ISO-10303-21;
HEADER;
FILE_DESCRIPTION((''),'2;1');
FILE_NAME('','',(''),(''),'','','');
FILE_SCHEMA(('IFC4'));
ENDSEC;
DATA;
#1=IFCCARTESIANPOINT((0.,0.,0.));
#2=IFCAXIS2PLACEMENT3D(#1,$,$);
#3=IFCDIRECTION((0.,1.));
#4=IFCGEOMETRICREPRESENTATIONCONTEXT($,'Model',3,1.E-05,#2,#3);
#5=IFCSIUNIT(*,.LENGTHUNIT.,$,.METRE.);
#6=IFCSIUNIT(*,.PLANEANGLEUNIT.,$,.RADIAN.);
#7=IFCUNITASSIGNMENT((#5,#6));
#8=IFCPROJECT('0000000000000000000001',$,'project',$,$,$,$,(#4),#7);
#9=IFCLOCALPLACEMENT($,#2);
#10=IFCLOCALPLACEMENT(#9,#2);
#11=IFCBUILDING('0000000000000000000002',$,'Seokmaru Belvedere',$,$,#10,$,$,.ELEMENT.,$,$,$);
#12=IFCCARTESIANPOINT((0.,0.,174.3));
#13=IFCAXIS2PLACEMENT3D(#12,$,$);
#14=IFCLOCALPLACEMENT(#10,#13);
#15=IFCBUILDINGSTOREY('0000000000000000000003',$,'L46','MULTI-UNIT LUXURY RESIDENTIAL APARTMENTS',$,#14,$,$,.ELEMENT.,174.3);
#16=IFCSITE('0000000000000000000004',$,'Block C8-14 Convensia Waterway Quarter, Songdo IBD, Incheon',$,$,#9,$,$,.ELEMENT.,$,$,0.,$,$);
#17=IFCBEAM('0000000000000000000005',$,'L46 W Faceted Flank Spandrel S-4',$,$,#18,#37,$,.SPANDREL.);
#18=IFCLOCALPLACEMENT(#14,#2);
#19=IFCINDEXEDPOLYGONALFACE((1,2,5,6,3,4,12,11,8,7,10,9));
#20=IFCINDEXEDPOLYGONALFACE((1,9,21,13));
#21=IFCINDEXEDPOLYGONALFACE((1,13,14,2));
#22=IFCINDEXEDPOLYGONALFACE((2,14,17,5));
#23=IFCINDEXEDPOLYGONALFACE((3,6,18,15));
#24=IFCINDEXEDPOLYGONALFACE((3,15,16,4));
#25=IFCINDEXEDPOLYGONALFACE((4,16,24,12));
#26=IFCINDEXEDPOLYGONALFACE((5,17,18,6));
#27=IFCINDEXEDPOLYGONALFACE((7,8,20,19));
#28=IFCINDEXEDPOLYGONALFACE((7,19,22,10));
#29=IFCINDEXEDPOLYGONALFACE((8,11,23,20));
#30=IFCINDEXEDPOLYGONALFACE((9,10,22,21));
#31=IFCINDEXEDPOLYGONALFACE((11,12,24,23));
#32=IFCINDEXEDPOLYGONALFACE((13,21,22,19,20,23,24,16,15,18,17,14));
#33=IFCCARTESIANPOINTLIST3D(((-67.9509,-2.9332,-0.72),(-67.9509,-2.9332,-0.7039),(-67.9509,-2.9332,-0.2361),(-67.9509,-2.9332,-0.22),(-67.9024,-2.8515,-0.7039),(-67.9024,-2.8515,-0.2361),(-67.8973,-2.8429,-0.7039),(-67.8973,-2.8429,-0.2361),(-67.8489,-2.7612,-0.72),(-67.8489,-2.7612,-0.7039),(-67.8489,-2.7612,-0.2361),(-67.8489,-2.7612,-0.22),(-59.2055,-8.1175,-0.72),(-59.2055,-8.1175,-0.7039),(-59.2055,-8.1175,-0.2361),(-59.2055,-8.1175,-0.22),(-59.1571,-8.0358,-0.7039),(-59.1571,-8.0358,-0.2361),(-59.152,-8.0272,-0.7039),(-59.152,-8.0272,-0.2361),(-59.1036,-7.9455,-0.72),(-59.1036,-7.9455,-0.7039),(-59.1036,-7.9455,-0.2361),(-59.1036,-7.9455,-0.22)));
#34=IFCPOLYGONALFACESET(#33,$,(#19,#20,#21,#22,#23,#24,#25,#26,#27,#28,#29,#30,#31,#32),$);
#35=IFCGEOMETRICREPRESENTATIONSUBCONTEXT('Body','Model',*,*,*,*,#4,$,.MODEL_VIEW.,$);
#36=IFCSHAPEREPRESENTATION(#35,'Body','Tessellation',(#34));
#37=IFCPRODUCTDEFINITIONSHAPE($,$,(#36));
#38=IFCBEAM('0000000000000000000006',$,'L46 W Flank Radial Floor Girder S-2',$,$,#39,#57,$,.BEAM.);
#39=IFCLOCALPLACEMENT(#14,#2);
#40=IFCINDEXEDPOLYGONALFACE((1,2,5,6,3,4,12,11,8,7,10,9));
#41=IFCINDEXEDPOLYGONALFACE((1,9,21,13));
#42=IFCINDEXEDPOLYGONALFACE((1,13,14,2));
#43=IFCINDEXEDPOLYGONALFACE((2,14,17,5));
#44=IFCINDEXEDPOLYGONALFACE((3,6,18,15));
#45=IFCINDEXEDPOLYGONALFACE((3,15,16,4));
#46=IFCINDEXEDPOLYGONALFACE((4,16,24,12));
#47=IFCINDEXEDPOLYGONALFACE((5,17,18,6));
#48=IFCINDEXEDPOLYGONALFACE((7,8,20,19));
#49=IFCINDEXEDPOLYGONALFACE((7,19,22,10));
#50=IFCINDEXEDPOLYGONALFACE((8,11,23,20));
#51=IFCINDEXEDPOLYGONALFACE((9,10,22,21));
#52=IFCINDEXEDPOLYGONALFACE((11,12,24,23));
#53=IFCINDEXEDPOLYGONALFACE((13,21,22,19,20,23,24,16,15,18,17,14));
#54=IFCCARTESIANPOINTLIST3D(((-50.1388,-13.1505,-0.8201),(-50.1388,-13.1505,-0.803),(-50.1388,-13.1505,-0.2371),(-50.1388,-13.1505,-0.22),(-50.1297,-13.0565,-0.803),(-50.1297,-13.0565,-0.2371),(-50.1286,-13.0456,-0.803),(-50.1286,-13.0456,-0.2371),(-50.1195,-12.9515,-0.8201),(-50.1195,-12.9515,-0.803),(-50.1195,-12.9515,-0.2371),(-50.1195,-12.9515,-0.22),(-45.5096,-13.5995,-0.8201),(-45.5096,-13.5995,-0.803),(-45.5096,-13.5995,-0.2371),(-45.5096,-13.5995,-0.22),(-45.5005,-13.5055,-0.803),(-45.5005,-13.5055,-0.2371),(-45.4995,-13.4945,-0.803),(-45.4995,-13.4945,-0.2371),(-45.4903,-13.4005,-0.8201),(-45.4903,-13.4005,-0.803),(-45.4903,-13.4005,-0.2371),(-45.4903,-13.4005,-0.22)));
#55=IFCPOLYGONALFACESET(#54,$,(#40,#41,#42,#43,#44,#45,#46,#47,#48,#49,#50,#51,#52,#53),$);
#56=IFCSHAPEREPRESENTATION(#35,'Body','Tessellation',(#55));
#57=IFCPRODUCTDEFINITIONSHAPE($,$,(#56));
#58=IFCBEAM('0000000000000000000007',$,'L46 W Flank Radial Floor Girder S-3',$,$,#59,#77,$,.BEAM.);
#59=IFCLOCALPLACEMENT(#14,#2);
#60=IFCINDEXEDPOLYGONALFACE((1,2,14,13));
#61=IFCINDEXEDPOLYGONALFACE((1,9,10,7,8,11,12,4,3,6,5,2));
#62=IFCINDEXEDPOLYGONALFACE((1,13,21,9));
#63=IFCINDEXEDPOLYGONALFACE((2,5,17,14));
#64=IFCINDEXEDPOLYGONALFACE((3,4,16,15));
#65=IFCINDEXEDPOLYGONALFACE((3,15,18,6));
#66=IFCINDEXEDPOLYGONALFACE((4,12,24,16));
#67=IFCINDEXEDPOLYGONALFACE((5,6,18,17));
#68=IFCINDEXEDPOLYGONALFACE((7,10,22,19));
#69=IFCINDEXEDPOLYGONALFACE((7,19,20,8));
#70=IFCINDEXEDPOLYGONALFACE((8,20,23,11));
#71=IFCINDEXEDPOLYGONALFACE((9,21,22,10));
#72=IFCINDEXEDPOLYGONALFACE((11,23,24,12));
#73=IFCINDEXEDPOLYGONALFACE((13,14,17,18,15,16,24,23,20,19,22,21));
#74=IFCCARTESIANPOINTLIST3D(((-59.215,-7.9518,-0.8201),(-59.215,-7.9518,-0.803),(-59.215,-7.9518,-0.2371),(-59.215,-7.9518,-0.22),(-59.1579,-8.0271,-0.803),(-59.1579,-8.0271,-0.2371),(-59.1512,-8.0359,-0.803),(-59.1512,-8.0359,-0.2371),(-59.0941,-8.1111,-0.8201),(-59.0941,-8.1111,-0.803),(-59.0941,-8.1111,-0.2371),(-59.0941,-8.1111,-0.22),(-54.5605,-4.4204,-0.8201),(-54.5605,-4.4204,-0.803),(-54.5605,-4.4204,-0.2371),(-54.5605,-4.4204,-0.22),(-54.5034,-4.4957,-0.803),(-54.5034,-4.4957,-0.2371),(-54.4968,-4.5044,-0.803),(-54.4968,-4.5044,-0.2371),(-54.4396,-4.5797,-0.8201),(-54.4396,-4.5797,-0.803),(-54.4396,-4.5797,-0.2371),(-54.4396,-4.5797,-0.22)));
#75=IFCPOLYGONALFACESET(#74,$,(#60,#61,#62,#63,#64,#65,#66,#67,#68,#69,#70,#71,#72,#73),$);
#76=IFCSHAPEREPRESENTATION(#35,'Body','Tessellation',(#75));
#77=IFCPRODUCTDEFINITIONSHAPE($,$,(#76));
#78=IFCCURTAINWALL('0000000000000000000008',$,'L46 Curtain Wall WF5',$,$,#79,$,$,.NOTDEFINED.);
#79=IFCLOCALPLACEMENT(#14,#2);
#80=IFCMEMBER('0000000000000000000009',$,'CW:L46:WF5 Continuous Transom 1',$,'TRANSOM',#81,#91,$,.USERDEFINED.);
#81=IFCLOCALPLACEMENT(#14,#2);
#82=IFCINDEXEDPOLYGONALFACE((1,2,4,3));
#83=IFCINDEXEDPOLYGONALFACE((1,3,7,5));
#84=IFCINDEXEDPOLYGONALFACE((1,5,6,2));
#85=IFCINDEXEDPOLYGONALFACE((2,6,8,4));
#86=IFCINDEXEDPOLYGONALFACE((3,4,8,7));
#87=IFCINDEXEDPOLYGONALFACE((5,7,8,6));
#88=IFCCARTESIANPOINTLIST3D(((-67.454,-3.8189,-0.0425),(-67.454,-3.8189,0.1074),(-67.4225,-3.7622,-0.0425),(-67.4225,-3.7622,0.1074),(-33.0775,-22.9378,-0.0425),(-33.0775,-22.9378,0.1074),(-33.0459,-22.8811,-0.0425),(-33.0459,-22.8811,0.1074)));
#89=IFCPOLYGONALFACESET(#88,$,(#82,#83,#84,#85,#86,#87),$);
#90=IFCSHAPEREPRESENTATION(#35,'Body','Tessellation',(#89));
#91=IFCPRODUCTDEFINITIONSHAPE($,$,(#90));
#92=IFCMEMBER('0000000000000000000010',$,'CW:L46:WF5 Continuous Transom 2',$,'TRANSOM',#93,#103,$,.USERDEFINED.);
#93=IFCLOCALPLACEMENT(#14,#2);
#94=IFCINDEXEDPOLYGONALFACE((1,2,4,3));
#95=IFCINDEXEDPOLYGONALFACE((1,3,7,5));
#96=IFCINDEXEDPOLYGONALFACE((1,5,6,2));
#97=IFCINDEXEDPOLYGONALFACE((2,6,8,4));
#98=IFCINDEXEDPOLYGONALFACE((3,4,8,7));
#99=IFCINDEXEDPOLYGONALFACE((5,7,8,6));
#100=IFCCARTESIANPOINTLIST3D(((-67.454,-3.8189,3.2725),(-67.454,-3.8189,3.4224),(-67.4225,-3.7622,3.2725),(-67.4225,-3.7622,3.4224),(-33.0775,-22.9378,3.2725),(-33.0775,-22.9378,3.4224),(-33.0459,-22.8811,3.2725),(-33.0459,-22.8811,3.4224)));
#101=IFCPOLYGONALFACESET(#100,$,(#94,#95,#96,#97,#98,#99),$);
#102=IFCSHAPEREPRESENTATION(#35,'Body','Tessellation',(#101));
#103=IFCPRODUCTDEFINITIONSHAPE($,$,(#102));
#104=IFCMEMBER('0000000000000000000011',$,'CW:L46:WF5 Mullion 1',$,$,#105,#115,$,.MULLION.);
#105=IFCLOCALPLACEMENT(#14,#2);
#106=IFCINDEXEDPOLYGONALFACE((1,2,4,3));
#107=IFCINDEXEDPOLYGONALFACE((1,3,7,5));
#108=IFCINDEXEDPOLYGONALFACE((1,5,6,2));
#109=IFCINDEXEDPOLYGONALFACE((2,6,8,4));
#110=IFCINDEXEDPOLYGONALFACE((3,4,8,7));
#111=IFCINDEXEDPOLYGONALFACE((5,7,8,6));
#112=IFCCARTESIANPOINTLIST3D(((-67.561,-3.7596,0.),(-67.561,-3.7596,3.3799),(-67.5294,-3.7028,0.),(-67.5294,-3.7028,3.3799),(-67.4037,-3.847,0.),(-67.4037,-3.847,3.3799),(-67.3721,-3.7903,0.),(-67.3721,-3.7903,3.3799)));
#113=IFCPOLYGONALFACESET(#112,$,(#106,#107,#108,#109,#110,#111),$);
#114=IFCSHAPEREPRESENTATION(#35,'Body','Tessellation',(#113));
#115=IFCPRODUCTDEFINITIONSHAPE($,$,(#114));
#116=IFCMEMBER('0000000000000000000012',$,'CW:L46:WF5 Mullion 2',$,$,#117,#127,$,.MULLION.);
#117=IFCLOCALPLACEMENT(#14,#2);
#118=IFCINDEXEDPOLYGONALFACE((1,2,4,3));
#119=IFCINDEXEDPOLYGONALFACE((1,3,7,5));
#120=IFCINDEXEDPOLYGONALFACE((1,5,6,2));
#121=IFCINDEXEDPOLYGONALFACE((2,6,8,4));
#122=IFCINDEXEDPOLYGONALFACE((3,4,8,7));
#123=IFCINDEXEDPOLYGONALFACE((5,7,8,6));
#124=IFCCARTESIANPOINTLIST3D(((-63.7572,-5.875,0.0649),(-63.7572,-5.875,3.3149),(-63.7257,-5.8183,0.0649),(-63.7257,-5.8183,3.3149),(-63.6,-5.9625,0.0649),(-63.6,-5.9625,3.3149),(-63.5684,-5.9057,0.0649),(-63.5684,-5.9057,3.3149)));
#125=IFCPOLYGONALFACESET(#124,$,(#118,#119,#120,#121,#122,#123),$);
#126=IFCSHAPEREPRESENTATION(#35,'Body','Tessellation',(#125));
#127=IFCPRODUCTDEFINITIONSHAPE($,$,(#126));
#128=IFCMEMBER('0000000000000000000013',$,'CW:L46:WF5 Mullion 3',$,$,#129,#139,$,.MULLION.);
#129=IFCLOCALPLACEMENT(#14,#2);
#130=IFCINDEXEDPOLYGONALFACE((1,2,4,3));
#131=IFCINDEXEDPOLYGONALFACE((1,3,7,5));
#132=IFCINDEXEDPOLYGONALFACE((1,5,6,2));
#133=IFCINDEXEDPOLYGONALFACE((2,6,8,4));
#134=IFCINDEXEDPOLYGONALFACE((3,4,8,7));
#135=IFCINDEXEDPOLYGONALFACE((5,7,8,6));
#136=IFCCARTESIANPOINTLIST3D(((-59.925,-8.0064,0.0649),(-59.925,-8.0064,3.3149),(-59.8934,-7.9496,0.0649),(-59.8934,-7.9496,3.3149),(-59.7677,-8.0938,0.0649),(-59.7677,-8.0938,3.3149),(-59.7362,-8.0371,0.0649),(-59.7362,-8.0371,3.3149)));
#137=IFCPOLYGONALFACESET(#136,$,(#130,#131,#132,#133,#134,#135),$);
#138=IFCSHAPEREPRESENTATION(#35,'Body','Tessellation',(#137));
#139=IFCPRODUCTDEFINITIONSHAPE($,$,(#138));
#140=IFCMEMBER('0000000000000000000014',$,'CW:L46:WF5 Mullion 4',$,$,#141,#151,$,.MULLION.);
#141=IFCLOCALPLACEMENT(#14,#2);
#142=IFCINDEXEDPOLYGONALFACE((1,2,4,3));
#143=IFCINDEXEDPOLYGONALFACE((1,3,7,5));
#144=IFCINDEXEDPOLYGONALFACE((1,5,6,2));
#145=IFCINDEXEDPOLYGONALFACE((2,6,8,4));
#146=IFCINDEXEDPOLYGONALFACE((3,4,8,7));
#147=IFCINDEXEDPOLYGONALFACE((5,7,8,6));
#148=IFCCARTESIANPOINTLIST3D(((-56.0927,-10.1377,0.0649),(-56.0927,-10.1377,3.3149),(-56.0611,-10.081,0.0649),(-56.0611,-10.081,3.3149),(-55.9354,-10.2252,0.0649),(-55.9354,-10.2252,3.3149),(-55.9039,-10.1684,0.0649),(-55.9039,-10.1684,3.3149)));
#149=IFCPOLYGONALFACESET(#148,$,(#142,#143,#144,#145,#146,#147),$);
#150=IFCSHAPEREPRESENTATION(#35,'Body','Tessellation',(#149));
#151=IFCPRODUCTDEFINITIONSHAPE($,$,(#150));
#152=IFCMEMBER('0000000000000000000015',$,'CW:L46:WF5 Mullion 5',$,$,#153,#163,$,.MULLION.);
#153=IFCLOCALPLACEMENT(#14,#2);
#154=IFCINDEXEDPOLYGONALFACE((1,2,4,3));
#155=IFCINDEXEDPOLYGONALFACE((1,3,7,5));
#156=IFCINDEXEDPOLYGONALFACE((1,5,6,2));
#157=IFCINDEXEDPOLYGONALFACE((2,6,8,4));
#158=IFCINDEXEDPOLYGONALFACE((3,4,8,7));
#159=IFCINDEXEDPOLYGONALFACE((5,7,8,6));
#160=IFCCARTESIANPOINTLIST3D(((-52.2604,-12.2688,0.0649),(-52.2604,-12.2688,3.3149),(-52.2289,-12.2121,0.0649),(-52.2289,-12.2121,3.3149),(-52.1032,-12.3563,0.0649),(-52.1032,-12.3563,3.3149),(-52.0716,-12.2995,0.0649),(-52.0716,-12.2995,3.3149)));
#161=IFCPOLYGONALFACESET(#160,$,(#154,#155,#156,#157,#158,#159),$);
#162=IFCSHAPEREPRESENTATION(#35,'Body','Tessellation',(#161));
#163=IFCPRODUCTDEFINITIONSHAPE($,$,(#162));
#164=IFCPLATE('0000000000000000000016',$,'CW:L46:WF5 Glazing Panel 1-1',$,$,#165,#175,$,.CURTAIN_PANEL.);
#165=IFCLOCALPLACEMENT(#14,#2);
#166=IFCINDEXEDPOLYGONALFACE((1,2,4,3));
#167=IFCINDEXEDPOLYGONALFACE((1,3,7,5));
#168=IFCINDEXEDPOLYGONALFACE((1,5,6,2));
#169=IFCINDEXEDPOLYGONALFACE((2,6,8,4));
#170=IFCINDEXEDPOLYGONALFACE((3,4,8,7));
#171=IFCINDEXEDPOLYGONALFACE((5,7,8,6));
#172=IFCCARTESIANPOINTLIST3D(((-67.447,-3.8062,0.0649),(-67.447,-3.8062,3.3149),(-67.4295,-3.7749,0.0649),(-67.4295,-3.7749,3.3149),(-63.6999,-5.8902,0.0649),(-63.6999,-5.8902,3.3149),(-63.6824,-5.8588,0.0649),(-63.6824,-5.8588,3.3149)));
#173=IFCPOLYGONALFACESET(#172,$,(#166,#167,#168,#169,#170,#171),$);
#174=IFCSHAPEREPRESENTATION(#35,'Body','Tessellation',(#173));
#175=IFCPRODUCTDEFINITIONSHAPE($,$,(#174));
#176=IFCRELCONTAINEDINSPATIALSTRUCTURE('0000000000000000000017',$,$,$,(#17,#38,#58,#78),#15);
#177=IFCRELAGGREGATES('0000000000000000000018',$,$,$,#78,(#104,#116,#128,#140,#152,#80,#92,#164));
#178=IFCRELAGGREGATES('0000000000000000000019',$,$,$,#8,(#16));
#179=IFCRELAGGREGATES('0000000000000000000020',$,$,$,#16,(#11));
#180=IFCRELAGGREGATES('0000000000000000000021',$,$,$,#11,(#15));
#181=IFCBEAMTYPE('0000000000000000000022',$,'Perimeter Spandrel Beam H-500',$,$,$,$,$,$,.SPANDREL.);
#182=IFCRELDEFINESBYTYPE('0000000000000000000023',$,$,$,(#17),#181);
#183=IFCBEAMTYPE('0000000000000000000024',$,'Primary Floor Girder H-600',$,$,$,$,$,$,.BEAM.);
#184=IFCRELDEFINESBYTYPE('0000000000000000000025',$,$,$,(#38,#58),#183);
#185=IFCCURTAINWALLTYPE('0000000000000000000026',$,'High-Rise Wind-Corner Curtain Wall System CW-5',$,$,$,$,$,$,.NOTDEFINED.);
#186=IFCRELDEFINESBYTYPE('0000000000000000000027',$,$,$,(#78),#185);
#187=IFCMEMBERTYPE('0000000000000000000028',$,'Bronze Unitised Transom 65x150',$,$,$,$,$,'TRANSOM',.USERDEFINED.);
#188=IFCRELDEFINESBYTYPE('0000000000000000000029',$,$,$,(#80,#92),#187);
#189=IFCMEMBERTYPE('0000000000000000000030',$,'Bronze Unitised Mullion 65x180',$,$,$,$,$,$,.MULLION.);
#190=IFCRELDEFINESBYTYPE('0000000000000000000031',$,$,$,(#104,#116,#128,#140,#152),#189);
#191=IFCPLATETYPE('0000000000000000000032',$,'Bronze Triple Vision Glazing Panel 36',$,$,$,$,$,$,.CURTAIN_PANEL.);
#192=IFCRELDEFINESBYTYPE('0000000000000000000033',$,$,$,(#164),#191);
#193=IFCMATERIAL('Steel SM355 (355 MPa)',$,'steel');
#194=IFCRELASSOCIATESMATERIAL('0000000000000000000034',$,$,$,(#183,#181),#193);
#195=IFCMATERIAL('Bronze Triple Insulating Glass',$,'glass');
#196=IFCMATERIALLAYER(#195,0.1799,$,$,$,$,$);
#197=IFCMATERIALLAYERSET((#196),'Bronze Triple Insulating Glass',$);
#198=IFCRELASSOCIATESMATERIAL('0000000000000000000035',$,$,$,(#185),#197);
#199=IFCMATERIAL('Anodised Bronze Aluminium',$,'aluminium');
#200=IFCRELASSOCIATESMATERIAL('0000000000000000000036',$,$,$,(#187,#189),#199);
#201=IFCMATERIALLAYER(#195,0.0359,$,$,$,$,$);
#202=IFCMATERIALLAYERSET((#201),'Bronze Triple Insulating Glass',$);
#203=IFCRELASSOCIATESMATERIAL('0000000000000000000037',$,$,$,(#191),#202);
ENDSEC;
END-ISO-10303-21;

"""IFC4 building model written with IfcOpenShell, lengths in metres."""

from ifc_helpers import new_model, si_unit, direction, frame, origin, origin_2d, place, context, subcontext, project, spatial, rectangle, i_section, extrude, source, transform, mapped, material, layer, layer_set, material_profile, profile_set, type_object, type_shapes, element, aggregate, save


model = new_model("IFC4")

# Units and contexts
model_context = context("Model", 3, precision=1e-05, world=origin(), true_north=direction((0.0, 1.0)))
body_context = subcontext(model_context, "Body", "Model", "MODEL_VIEW")
ifc_project = project(units=[si_unit("LENGTHUNIT", "METRE"), si_unit("PLANEANGLEUNIT", "RADIAN")], contexts=[model_context])

# Site, building, storey
site_placement = place(None, origin())
site = spatial("IfcSite", under=ifc_project, at=site_placement, Name="Block C8-14 Convensia Waterway Quarter, Songdo IBD, Incheon", CompositionType="ELEMENT", RefElevation=0.0)
building_placement = place(site_placement, origin())
building = spatial("IfcBuilding", under=site, at=building_placement, Name="Seokmaru Belvedere", CompositionType="ELEMENT")
storey_placement = place(building_placement, frame((0.0, 0.0, 174.3)))
storey = spatial("IfcBuildingStorey", under=building, at=storey_placement, Name="L46", Description="MULTI-UNIT LUXURY RESIDENTIAL APARTMENTS", CompositionType="ELEMENT", Elevation=174.3)

# Shared definitions
ifc_material_1 = material(Name="Steel SM355 (355 MPa)", Category="steel")

# Beams
ifc_material_profile_1 = material_profile(ifc_material_1, i_section(OverallWidth=0.2, OverallDepth=0.6001, WebThickness=0.011, FlangeThickness=0.0171, at=origin_2d()), Name="H-600x200x11x17")
ifc_profile_set_1 = profile_set([ifc_material_profile_1], Name="Steel SM355 (355 MPa)")
beam_type_1 = type_object("IfcBeamType", Name="Primary Floor Girder H-600", PredefinedType="BEAM", material=ifc_profile_set_1)
ifc_material_profile_2 = material_profile(ifc_material_1, i_section(OverallWidth=0.2, OverallDepth=0.5, WebThickness=0.01, FlangeThickness=0.0161, at=origin_2d()), Name="H-500x200x10x16")
ifc_profile_set_2 = profile_set([ifc_material_profile_2], Name="Steel SM355 (355 MPa)")
beam_type_2 = type_object("IfcBeamType", Name="Perimeter Spandrel Beam H-500", PredefinedType="SPANDREL", material=ifc_profile_set_2)
shared_shape_1 = source(origin(), body_context, "Body", "SweptSolid", [
    extrude(i_section(OverallWidth=0.2, OverallDepth=0.5, WebThickness=0.01, FlangeThickness=0.0161, at=origin_2d()), origin(), (0.0, 0.0, 1.0), 10.1665),
])
beam_1_placement = place(storey_placement, frame((-59.1545, -8.0315, -0.47), z_axis=(-0.86021, 0.50994, 0.0), x_axis=(-0.50994, -0.86021, 0.0)))
element("IfcBeam", 1, at=beam_1_placement, inside=storey, type_object=beam_type_2, Name="L46 W Faceted Flank Spandrel S-4", PredefinedType="SPANDREL", context=body_context, shape_type="MappedRepresentation", body=[
    mapped(shared_shape_1, transform((0.0, 0.0, 0.0), scale=1.0)),
])
shared_shape_2 = source(origin(), body_context, "Body", "SweptSolid", [
    extrude(i_section(OverallWidth=0.2, OverallDepth=0.6001, WebThickness=0.011, FlangeThickness=0.0171, at=origin_2d()), origin(), (0.0, 0.0, 1.0), 4.6509),
])
beam_2_placement = place(storey_placement, frame((-50.1292, -13.051, -0.52), z_axis=(0.99533, -0.096536, 0.0), x_axis=(0.096536, 0.99533, 0.0)))
element("IfcBeam", 2, at=beam_2_placement, inside=storey, type_object=beam_type_1, Name="L46 W Flank Radial Floor Girder S-2", PredefinedType="BEAM", context=body_context, shape_type="MappedRepresentation", body=[
    mapped(shared_shape_2, transform((0.0, 0.0, 0.0), scale=1.0)),
])
shared_shape_3 = source(origin(), body_context, "Body", "SweptSolid", [
    extrude(i_section(OverallWidth=0.2, OverallDepth=0.6001, WebThickness=0.011, FlangeThickness=0.0171, at=origin_2d()), origin(), (0.0, 0.0, 1.0), 5.8425),
])
beam_3_placement = place(storey_placement, frame((-59.1545, -8.0315, -0.52), z_axis=(0.796653, 0.604437, 0.0), x_axis=(-0.604437, 0.796653, 0.0)))
element("IfcBeam", 3, at=beam_3_placement, inside=storey, type_object=beam_type_1, Name="L46 W Flank Radial Floor Girder S-3", PredefinedType="BEAM", context=body_context, shape_type="MappedRepresentation", body=[
    mapped(shared_shape_3, transform((0.0, 0.0, 0.0), scale=1.0)),
])

# Curtain wall, members, plate
ifc_material_2 = material(Name="Bronze Triple Insulating Glass", Category="glass")
ifc_layer_1 = layer(ifc_material_2, 0.1799)
ifc_layer_set_1 = layer_set([ifc_layer_1], Name="Bronze Triple Insulating Glass")
curtain_wall_type = type_object("IfcCurtainWallType", Name="High-Rise Wind-Corner Curtain Wall System CW-5", PredefinedType="NOTDEFINED", material=ifc_layer_set_1)
curtain_wall_placement = place(storey_placement, origin())
curtain_wall = element("IfcCurtainWall", 4, at=curtain_wall_placement, inside=storey, type_object=curtain_wall_type, Name="L46 Curtain Wall WF5", PredefinedType="NOTDEFINED")
ifc_material_3 = material(Name="Anodised Bronze Aluminium", Category="aluminium")
ifc_material_profile_3 = material_profile(ifc_material_3, rectangle(XDim=0.0649, YDim=0.1499, at=origin_2d()), Name="CW-T-65x150")
ifc_profile_set_3 = profile_set([ifc_material_profile_3], Name="Anodised Bronze Aluminium")
member_type_1 = type_object("IfcMemberType", Name="Bronze Unitised Transom 65x150", ElementType="TRANSOM", PredefinedType="USERDEFINED", material=ifc_profile_set_3)
shared_shape_4 = source(origin(), body_context, "Body", "SweptSolid", [
    extrude(rectangle(XDim=0.0649, YDim=0.1499, at=origin_2d()), origin(), (0.0, 0.0, 1.0), 39.3354),
])
type_shapes(member_type_1, [shared_shape_4])
member_1_placement = place(storey_placement, frame((-67.4382, -3.7905, 0.0325), z_axis=(0.873932, -0.486048, 0.0), x_axis=(0.486048, 0.873932, 0.0)))
member_1 = element("IfcMember", 5, at=member_1_placement, type_object=member_type_1, Name="CW:L46:WF5 Continuous Transom 1", ObjectType="TRANSOM", PredefinedType="USERDEFINED", context=body_context, shape_type="MappedRepresentation", body=[
    mapped(shared_shape_4, transform((0.0, 0.0, 0.0), scale=1.0)),
])
member_2_placement = place(storey_placement, frame((-67.4382, -3.7905, 3.3474), z_axis=(0.873932, -0.486048, 0.0), x_axis=(0.486048, 0.873932, 0.0)))
member_2 = element("IfcMember", 6, at=member_2_placement, type_object=member_type_1, Name="CW:L46:WF5 Continuous Transom 2", ObjectType="TRANSOM", PredefinedType="USERDEFINED", context=body_context, shape_type="MappedRepresentation", body=[
    mapped(shared_shape_4, transform((0.0, 0.0, 0.0), scale=1.0)),
])
ifc_material_profile_4 = material_profile(ifc_material_3, rectangle(XDim=0.0649, YDim=0.1799, at=origin_2d()), Name="CW-M-65x180")
ifc_profile_set_4 = profile_set([ifc_material_profile_4], Name="Anodised Bronze Aluminium")
member_type_2 = type_object("IfcMemberType", Name="Bronze Unitised Mullion 65x180", PredefinedType="MULLION", material=ifc_profile_set_4)
shared_shape_5 = source(origin(), body_context, "Body", "SweptSolid", [
    extrude(rectangle(XDim=0.0649, YDim=0.1799, at=origin_2d()), origin(), (0.0, 0.0, 1.0), 3.3799),
])
member_3_placement = place(storey_placement, frame((-67.4666, -3.7749, 0.0), z_axis=(0.0, 0.0, 1.0), x_axis=(0.486047, 0.873933, 0.0)))
member_3 = element("IfcMember", 7, at=member_3_placement, type_object=member_type_2, Name="CW:L46:WF5 Mullion 1", PredefinedType="MULLION", context=body_context, shape_type="MappedRepresentation", body=[
    mapped(shared_shape_5, transform((0.0, 0.0, 0.0), scale=1.0)),
])
shared_shape_6 = source(origin(), body_context, "Body", "SweptSolid", [
    extrude(rectangle(XDim=0.0649, YDim=0.1799, at=origin_2d()), origin(), (0.0, 0.0, 1.0), 3.25),
])
type_shapes(member_type_2, [shared_shape_5, shared_shape_6])
member_4_placement = place(storey_placement, frame((-63.6628, -5.8904, 0.0649), z_axis=(0.0, 0.0, 1.0), x_axis=(0.486047, 0.873933, 0.0)))
member_4 = element("IfcMember", 8, at=member_4_placement, type_object=member_type_2, Name="CW:L46:WF5 Mullion 2", PredefinedType="MULLION", context=body_context, shape_type="MappedRepresentation", body=[
    mapped(shared_shape_6, transform((0.0, 0.0, 0.0), scale=1.0)),
])
member_5_placement = place(storey_placement, frame((-59.8306, -8.0217, 0.0649), z_axis=(0.0, 0.0, 1.0), x_axis=(0.486047, 0.873933, 0.0)))
member_5 = element("IfcMember", 9, at=member_5_placement, type_object=member_type_2, Name="CW:L46:WF5 Mullion 3", PredefinedType="MULLION", context=body_context, shape_type="MappedRepresentation", body=[
    mapped(shared_shape_6, transform((0.0, 0.0, 0.0), scale=1.0)),
])
member_6_placement = place(storey_placement, frame((-55.9983, -10.1531, 0.0649), z_axis=(0.0, 0.0, 1.0), x_axis=(0.486047, 0.873933, 0.0)))
member_6 = element("IfcMember", 10, at=member_6_placement, type_object=member_type_2, Name="CW:L46:WF5 Mullion 4", PredefinedType="MULLION", context=body_context, shape_type="MappedRepresentation", body=[
    mapped(shared_shape_6, transform((0.0, 0.0, 0.0), scale=1.0)),
])
member_7_placement = place(storey_placement, frame((-52.166, -12.2842, 0.0649), z_axis=(0.0, 0.0, 1.0), x_axis=(0.486047, 0.873933, 0.0)))
member_7 = element("IfcMember", 11, at=member_7_placement, type_object=member_type_2, Name="CW:L46:WF5 Mullion 5", PredefinedType="MULLION", context=body_context, shape_type="MappedRepresentation", body=[
    mapped(shared_shape_6, transform((0.0, 0.0, 0.0), scale=1.0)),
])
ifc_layer_2 = layer(ifc_material_2, 0.0359)
ifc_layer_set_2 = layer_set([ifc_layer_2], Name="Bronze Triple Insulating Glass")
plate_type = type_object("IfcPlateType", Name="Bronze Triple Vision Glazing Panel 36", PredefinedType="CURTAIN_PANEL", material=ifc_layer_set_2)
shared_shape_7 = source(origin(), body_context, "Body", "SweptSolid", [
    extrude(rectangle(XDim=4.2876, YDim=0.0359, at=origin_2d()), origin(), (0.0, 0.0, 1.0), 3.25),
])
plate_1_placement = place(storey_placement, frame((-65.5647, -4.8325, 0.0649), z_axis=(0.0, 0.0, 1.0), x_axis=(0.873933, -0.486047, 0.0)))
plate_1 = element("IfcPlate", 12, at=plate_1_placement, type_object=plate_type, Name="CW:L46:WF5 Glazing Panel 1-1", PredefinedType="CURTAIN_PANEL", context=body_context, shape_type="MappedRepresentation", body=[
    mapped(shared_shape_7, transform((0.0, 0.0, 0.0), scale=1.0)),
])
aggregate(curtain_wall, [member_3, member_4, member_5, member_6, member_7, member_1, member_2, plate_1])

save(model, "model.ifc")
